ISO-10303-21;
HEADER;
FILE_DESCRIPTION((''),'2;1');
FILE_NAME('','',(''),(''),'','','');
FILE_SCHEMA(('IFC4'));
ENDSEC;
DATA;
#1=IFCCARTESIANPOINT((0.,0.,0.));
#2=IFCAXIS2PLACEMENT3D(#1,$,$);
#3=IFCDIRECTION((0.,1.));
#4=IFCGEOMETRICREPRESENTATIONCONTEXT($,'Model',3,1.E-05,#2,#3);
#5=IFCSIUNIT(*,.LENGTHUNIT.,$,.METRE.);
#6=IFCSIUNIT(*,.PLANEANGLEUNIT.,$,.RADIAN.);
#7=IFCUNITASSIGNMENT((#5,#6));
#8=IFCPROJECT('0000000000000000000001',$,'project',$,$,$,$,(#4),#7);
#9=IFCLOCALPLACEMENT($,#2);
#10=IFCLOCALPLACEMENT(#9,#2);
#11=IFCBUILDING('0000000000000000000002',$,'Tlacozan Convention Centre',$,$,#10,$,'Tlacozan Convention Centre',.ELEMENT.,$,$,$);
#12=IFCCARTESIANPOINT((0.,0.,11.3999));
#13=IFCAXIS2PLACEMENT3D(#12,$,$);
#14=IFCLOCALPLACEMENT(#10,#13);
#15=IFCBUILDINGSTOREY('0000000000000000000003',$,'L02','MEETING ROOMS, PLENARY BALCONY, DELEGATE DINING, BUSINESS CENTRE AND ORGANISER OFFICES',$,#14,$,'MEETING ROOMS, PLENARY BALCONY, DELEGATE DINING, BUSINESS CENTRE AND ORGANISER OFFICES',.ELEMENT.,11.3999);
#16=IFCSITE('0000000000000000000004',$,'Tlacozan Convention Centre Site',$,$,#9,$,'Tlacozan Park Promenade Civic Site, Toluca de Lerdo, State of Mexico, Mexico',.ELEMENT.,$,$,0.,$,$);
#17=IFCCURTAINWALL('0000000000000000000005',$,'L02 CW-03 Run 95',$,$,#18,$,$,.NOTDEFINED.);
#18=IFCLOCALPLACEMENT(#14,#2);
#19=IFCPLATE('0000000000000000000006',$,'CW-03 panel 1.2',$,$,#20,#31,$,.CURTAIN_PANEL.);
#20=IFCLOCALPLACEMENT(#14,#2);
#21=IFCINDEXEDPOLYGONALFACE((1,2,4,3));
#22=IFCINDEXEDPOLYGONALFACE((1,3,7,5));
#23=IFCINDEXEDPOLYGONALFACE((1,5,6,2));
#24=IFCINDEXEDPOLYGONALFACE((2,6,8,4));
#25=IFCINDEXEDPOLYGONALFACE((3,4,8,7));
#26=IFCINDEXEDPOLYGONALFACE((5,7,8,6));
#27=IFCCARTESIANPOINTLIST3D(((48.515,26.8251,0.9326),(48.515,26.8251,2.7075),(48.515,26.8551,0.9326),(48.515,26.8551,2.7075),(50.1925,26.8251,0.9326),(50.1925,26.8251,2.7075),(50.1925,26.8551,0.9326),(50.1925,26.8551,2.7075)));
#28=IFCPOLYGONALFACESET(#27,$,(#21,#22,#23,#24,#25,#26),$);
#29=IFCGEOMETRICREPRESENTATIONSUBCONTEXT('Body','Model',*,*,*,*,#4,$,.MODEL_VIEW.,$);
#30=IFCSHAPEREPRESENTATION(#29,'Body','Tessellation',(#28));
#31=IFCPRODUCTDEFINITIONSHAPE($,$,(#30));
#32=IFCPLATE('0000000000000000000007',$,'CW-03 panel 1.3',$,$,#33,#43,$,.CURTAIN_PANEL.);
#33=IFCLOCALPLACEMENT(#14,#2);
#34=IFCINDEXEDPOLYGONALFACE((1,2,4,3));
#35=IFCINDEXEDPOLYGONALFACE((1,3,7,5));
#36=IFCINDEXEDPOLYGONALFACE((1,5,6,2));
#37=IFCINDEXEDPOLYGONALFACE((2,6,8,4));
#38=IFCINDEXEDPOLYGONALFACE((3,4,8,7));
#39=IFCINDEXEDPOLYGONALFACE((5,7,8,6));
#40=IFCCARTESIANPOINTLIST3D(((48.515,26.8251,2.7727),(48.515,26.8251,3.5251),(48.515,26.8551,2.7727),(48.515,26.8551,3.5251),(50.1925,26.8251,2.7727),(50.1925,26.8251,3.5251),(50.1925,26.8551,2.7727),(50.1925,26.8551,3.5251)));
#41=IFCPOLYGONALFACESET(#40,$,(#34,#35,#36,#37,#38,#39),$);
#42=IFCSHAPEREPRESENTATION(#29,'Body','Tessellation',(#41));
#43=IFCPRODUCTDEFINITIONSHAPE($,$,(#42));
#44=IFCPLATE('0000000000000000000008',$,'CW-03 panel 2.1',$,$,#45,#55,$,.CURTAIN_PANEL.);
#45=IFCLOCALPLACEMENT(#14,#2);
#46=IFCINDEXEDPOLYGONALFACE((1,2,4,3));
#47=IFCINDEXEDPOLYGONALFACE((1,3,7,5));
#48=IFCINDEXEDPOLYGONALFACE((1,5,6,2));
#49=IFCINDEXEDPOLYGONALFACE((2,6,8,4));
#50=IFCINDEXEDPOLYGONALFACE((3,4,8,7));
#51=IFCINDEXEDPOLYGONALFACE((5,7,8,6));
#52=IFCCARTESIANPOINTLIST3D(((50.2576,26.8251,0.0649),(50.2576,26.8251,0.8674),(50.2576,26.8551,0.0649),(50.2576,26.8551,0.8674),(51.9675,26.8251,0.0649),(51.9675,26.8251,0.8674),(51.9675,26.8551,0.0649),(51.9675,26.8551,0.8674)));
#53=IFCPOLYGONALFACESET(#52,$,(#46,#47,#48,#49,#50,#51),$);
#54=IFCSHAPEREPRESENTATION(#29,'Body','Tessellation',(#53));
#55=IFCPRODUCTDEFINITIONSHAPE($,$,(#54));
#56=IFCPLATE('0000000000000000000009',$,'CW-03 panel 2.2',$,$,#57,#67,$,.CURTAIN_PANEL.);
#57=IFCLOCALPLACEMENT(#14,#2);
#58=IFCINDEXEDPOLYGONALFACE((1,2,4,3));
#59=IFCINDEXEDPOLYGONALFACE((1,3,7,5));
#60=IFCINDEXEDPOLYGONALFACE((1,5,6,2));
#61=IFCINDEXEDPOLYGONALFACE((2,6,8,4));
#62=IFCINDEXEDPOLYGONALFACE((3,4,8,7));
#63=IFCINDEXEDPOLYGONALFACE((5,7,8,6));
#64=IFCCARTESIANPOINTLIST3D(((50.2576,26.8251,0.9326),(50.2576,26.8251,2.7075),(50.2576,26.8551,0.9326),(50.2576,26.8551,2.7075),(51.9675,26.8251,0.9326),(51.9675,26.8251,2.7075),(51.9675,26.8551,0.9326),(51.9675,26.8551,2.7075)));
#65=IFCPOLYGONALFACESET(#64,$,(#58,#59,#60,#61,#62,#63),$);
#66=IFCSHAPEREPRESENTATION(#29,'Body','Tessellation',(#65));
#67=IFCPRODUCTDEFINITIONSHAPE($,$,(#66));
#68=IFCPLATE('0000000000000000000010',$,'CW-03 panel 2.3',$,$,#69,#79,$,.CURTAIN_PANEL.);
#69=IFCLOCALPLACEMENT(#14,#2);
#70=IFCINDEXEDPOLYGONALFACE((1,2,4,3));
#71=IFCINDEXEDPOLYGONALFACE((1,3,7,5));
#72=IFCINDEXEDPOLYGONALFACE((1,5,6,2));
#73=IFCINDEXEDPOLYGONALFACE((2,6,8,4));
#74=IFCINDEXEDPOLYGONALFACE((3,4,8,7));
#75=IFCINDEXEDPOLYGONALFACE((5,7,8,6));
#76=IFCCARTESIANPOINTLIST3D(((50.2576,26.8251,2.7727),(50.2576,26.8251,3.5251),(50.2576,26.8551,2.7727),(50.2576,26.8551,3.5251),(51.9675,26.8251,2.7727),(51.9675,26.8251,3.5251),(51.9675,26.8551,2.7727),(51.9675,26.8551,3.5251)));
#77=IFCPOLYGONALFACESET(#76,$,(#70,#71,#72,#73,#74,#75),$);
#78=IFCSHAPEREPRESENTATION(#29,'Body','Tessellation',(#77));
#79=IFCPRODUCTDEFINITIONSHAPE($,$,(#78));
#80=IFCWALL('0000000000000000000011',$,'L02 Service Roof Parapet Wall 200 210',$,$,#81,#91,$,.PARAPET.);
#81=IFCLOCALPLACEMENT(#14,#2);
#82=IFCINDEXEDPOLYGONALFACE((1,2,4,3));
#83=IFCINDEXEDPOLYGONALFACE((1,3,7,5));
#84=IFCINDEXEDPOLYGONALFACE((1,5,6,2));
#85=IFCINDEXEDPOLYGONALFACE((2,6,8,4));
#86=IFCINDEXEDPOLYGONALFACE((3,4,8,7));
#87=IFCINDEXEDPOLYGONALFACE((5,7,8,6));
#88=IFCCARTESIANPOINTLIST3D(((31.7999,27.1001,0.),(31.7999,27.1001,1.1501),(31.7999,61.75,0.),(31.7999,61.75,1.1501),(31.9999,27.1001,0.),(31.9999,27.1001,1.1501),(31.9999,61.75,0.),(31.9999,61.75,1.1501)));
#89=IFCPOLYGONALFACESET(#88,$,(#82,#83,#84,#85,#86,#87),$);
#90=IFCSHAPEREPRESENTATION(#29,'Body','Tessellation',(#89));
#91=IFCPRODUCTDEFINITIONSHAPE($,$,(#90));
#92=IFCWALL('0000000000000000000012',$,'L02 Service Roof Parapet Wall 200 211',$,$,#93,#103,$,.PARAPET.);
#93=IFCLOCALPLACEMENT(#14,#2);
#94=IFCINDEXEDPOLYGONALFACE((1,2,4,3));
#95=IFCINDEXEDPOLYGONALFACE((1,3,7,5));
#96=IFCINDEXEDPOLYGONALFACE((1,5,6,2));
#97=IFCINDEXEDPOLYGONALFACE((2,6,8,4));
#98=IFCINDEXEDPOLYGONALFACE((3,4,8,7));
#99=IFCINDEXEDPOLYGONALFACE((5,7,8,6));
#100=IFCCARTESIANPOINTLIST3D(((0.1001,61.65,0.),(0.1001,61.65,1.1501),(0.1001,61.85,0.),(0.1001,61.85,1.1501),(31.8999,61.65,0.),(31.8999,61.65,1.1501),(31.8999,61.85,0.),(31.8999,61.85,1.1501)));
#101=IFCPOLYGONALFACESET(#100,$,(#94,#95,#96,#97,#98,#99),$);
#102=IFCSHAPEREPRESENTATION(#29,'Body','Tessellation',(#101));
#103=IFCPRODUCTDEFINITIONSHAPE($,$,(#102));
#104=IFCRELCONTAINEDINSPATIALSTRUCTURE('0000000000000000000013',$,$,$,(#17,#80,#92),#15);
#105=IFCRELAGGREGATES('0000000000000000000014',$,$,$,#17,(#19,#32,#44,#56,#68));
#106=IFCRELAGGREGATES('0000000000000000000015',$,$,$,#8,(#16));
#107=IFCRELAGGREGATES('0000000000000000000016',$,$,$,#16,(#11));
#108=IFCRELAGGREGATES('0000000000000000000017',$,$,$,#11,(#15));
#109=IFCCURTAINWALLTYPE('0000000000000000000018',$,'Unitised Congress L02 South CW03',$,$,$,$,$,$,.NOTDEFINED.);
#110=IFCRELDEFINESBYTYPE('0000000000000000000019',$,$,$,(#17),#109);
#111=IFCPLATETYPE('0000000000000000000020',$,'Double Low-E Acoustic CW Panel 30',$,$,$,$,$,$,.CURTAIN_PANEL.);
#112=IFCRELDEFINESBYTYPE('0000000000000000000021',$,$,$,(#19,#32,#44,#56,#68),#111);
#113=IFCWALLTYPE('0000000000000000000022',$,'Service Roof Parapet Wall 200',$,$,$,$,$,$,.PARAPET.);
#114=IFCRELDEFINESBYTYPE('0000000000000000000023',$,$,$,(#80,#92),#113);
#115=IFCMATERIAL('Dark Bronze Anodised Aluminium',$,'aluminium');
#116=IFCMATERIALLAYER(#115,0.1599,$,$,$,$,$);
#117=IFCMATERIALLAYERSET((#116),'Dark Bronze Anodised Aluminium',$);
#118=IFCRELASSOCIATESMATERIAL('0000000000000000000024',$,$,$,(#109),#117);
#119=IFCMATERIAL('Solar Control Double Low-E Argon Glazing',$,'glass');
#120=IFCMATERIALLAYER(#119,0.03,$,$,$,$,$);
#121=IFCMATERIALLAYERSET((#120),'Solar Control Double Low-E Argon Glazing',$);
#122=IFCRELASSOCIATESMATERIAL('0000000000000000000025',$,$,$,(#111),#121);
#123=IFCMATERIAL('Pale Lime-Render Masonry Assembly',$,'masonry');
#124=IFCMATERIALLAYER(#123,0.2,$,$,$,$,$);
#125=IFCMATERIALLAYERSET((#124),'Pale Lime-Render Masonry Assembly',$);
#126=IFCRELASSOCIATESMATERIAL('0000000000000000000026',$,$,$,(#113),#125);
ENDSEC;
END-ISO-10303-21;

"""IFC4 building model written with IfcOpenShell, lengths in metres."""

from ifc_helpers import new_model, si_unit, direction, frame, frame_2d, origin, origin_2d, place, context, subcontext, project, spatial, rectangle, extrude, material, layer, layer_set, type_object, element, aggregate, save


model = new_model("IFC4")

# Units and contexts
model_context = context("Model", 3, precision=1e-05, world=origin(), true_north=direction((0.0, 1.0)))
body_context = subcontext(model_context, "Body", "Model", "MODEL_VIEW")
ifc_project = project(units=[si_unit("LENGTHUNIT", "METRE"), si_unit("PLANEANGLEUNIT", "RADIAN")], contexts=[model_context])

# Site, building, storey
site_placement = place(None, origin())
site = spatial("IfcSite", under=ifc_project, at=site_placement, Name="Tlacozan Convention Centre Site", LongName="Tlacozan Park Promenade Civic Site, Toluca de Lerdo, State of Mexico, Mexico", CompositionType="ELEMENT", RefElevation=0.0)
building_placement = place(site_placement, origin())
building = spatial("IfcBuilding", under=site, at=building_placement, Name="Tlacozan Convention Centre", LongName="Tlacozan Convention Centre", CompositionType="ELEMENT")
storey_placement = place(building_placement, frame((0.0, 0.0, 11.3999)))
storey = spatial("IfcBuildingStorey", under=building, at=storey_placement, Name="L02", Description="MEETING ROOMS, PLENARY BALCONY, DELEGATE DINING, BUSINESS CENTRE AND ORGANISER OFFICES", LongName="MEETING ROOMS, PLENARY BALCONY, DELEGATE DINING, BUSINESS CENTRE AND ORGANISER OFFICES", CompositionType="ELEMENT", Elevation=11.3999)

# Curtain wall
ifc_material_1 = material(Name="Dark Bronze Anodised Aluminium", Category="aluminium")
ifc_layer_1 = layer(ifc_material_1, 0.1599)
ifc_layer_set_1 = layer_set([ifc_layer_1], Name="Dark Bronze Anodised Aluminium")
curtain_wall_type = type_object("IfcCurtainWallType", Name="Unitised Congress L02 South CW03", PredefinedType="NOTDEFINED", material=ifc_layer_set_1)
curtain_wall_placement = place(storey_placement, origin())
curtain_wall = element("IfcCurtainWall", 1, at=curtain_wall_placement, inside=storey, type_object=curtain_wall_type, Name="L02 CW-03 Run 95", PredefinedType="NOTDEFINED")

# Plates
ifc_material_2 = material(Name="Solar Control Double Low-E Argon Glazing", Category="glass")
ifc_layer_2 = layer(ifc_material_2, 0.03)
ifc_layer_set_2 = layer_set([ifc_layer_2], Name="Solar Control Double Low-E Argon Glazing")
plate_type_1 = type_object("IfcPlateType", Name="Double Low-E Acoustic CW Panel 30", PredefinedType="CURTAIN_PANEL", material=ifc_layer_set_2)
plate_1_placement = place(storey_placement, frame((49.3538, 26.8401, 0.9326), z_axis=(0.0, 0.0, 1.0), x_axis=(1.0, 0.0, 0.0)))
plate_1 = element("IfcPlate", 2, at=plate_1_placement, type_object=plate_type_1, Name="CW-03 panel 1.2", PredefinedType="CURTAIN_PANEL", context=body_context, shape_type="SweptSolid", body=[
    extrude(rectangle(XDim=1.6775, YDim=0.03, at=origin_2d()), origin(), (0.0, 0.0, 1.0), 1.7749),
])
plate_2_placement = place(storey_placement, frame((49.3538, 26.8401, 2.7727), z_axis=(0.0, 0.0, 1.0), x_axis=(1.0, 0.0, 0.0)))
plate_2 = element("IfcPlate", 3, at=plate_2_placement, type_object=plate_type_1, Name="CW-03 panel 1.3", PredefinedType="CURTAIN_PANEL", context=body_context, shape_type="SweptSolid", body=[
    extrude(rectangle(XDim=1.6775, YDim=0.03, at=origin_2d()), origin(), (0.0, 0.0, 1.0), 0.7524),
])
plate_3_placement = place(storey_placement, frame((51.1125, 26.8401, 0.0649), z_axis=(0.0, 0.0, 1.0), x_axis=(1.0, 0.0, 0.0)))
plate_3 = element("IfcPlate", 4, at=plate_3_placement, type_object=plate_type_1, Name="CW-03 panel 2.1", PredefinedType="CURTAIN_PANEL", context=body_context, shape_type="SweptSolid", body=[
    extrude(rectangle(XDim=1.71, YDim=0.03, at=origin_2d()), origin(), (0.0, 0.0, 1.0), 0.8025),
])
plate_4_placement = place(storey_placement, frame((51.1125, 26.8401, 0.9326), z_axis=(0.0, 0.0, 1.0), x_axis=(1.0, 0.0, 0.0)))
plate_4 = element("IfcPlate", 5, at=plate_4_placement, type_object=plate_type_1, Name="CW-03 panel 2.2", PredefinedType="CURTAIN_PANEL", context=body_context, shape_type="SweptSolid", body=[
    extrude(rectangle(XDim=1.71, YDim=0.03, at=origin_2d()), origin(), (0.0, 0.0, 1.0), 1.7749),
])
plate_5_placement = place(storey_placement, frame((51.1125, 26.8401, 2.7727), z_axis=(0.0, 0.0, 1.0), x_axis=(1.0, 0.0, 0.0)))
plate_5 = element("IfcPlate", 6, at=plate_5_placement, type_object=plate_type_1, Name="CW-03 panel 2.3", PredefinedType="CURTAIN_PANEL", context=body_context, shape_type="SweptSolid", body=[
    extrude(rectangle(XDim=1.71, YDim=0.03, at=origin_2d()), origin(), (0.0, 0.0, 1.0), 0.7524),
])
aggregate(curtain_wall, [plate_1, plate_2, plate_3, plate_4, plate_5])

# Walls
ifc_material_3 = material(Name="Pale Lime-Render Masonry Assembly", Category="masonry")
ifc_layer_3 = layer(ifc_material_3, 0.2)
ifc_layer_set_3 = layer_set([ifc_layer_3], Name="Pale Lime-Render Masonry Assembly")
wall_type = type_object("IfcWallType", Name="Service Roof Parapet Wall 200", PredefinedType="PARAPET", material=ifc_layer_set_3)
wall_1_placement = place(storey_placement, frame((31.8999, 27.1001, 0.0), z_axis=(0.0, 0.0, 1.0), x_axis=(0.0, 1.0, 0.0)))
element("IfcWall", 7, at=wall_1_placement, inside=storey, type_object=wall_type, Name="L02 Service Roof Parapet Wall 200 210", PredefinedType="PARAPET", context=body_context, shape_type="SweptSolid", body=[
    extrude(rectangle(XDim=34.6499, YDim=0.2, at=frame_2d((17.325, 0.0))), origin(), (0.0, 0.0, 1.0), 1.1501),
])
wall_2_placement = place(storey_placement, frame((31.8999, 61.75, 0.0), z_axis=(0.0, 0.0, 1.0), x_axis=(-1.0, 0.0, 0.0)))
element("IfcWall", 8, at=wall_2_placement, inside=storey, type_object=wall_type, Name="L02 Service Roof Parapet Wall 200 211", PredefinedType="PARAPET", context=body_context, shape_type="SweptSolid", body=[
    extrude(rectangle(XDim=31.7998, YDim=0.2, at=frame_2d((15.8999, 0.0))), origin(), (0.0, 0.0, 1.0), 1.1501),
])

save(model, "model.ifc")
